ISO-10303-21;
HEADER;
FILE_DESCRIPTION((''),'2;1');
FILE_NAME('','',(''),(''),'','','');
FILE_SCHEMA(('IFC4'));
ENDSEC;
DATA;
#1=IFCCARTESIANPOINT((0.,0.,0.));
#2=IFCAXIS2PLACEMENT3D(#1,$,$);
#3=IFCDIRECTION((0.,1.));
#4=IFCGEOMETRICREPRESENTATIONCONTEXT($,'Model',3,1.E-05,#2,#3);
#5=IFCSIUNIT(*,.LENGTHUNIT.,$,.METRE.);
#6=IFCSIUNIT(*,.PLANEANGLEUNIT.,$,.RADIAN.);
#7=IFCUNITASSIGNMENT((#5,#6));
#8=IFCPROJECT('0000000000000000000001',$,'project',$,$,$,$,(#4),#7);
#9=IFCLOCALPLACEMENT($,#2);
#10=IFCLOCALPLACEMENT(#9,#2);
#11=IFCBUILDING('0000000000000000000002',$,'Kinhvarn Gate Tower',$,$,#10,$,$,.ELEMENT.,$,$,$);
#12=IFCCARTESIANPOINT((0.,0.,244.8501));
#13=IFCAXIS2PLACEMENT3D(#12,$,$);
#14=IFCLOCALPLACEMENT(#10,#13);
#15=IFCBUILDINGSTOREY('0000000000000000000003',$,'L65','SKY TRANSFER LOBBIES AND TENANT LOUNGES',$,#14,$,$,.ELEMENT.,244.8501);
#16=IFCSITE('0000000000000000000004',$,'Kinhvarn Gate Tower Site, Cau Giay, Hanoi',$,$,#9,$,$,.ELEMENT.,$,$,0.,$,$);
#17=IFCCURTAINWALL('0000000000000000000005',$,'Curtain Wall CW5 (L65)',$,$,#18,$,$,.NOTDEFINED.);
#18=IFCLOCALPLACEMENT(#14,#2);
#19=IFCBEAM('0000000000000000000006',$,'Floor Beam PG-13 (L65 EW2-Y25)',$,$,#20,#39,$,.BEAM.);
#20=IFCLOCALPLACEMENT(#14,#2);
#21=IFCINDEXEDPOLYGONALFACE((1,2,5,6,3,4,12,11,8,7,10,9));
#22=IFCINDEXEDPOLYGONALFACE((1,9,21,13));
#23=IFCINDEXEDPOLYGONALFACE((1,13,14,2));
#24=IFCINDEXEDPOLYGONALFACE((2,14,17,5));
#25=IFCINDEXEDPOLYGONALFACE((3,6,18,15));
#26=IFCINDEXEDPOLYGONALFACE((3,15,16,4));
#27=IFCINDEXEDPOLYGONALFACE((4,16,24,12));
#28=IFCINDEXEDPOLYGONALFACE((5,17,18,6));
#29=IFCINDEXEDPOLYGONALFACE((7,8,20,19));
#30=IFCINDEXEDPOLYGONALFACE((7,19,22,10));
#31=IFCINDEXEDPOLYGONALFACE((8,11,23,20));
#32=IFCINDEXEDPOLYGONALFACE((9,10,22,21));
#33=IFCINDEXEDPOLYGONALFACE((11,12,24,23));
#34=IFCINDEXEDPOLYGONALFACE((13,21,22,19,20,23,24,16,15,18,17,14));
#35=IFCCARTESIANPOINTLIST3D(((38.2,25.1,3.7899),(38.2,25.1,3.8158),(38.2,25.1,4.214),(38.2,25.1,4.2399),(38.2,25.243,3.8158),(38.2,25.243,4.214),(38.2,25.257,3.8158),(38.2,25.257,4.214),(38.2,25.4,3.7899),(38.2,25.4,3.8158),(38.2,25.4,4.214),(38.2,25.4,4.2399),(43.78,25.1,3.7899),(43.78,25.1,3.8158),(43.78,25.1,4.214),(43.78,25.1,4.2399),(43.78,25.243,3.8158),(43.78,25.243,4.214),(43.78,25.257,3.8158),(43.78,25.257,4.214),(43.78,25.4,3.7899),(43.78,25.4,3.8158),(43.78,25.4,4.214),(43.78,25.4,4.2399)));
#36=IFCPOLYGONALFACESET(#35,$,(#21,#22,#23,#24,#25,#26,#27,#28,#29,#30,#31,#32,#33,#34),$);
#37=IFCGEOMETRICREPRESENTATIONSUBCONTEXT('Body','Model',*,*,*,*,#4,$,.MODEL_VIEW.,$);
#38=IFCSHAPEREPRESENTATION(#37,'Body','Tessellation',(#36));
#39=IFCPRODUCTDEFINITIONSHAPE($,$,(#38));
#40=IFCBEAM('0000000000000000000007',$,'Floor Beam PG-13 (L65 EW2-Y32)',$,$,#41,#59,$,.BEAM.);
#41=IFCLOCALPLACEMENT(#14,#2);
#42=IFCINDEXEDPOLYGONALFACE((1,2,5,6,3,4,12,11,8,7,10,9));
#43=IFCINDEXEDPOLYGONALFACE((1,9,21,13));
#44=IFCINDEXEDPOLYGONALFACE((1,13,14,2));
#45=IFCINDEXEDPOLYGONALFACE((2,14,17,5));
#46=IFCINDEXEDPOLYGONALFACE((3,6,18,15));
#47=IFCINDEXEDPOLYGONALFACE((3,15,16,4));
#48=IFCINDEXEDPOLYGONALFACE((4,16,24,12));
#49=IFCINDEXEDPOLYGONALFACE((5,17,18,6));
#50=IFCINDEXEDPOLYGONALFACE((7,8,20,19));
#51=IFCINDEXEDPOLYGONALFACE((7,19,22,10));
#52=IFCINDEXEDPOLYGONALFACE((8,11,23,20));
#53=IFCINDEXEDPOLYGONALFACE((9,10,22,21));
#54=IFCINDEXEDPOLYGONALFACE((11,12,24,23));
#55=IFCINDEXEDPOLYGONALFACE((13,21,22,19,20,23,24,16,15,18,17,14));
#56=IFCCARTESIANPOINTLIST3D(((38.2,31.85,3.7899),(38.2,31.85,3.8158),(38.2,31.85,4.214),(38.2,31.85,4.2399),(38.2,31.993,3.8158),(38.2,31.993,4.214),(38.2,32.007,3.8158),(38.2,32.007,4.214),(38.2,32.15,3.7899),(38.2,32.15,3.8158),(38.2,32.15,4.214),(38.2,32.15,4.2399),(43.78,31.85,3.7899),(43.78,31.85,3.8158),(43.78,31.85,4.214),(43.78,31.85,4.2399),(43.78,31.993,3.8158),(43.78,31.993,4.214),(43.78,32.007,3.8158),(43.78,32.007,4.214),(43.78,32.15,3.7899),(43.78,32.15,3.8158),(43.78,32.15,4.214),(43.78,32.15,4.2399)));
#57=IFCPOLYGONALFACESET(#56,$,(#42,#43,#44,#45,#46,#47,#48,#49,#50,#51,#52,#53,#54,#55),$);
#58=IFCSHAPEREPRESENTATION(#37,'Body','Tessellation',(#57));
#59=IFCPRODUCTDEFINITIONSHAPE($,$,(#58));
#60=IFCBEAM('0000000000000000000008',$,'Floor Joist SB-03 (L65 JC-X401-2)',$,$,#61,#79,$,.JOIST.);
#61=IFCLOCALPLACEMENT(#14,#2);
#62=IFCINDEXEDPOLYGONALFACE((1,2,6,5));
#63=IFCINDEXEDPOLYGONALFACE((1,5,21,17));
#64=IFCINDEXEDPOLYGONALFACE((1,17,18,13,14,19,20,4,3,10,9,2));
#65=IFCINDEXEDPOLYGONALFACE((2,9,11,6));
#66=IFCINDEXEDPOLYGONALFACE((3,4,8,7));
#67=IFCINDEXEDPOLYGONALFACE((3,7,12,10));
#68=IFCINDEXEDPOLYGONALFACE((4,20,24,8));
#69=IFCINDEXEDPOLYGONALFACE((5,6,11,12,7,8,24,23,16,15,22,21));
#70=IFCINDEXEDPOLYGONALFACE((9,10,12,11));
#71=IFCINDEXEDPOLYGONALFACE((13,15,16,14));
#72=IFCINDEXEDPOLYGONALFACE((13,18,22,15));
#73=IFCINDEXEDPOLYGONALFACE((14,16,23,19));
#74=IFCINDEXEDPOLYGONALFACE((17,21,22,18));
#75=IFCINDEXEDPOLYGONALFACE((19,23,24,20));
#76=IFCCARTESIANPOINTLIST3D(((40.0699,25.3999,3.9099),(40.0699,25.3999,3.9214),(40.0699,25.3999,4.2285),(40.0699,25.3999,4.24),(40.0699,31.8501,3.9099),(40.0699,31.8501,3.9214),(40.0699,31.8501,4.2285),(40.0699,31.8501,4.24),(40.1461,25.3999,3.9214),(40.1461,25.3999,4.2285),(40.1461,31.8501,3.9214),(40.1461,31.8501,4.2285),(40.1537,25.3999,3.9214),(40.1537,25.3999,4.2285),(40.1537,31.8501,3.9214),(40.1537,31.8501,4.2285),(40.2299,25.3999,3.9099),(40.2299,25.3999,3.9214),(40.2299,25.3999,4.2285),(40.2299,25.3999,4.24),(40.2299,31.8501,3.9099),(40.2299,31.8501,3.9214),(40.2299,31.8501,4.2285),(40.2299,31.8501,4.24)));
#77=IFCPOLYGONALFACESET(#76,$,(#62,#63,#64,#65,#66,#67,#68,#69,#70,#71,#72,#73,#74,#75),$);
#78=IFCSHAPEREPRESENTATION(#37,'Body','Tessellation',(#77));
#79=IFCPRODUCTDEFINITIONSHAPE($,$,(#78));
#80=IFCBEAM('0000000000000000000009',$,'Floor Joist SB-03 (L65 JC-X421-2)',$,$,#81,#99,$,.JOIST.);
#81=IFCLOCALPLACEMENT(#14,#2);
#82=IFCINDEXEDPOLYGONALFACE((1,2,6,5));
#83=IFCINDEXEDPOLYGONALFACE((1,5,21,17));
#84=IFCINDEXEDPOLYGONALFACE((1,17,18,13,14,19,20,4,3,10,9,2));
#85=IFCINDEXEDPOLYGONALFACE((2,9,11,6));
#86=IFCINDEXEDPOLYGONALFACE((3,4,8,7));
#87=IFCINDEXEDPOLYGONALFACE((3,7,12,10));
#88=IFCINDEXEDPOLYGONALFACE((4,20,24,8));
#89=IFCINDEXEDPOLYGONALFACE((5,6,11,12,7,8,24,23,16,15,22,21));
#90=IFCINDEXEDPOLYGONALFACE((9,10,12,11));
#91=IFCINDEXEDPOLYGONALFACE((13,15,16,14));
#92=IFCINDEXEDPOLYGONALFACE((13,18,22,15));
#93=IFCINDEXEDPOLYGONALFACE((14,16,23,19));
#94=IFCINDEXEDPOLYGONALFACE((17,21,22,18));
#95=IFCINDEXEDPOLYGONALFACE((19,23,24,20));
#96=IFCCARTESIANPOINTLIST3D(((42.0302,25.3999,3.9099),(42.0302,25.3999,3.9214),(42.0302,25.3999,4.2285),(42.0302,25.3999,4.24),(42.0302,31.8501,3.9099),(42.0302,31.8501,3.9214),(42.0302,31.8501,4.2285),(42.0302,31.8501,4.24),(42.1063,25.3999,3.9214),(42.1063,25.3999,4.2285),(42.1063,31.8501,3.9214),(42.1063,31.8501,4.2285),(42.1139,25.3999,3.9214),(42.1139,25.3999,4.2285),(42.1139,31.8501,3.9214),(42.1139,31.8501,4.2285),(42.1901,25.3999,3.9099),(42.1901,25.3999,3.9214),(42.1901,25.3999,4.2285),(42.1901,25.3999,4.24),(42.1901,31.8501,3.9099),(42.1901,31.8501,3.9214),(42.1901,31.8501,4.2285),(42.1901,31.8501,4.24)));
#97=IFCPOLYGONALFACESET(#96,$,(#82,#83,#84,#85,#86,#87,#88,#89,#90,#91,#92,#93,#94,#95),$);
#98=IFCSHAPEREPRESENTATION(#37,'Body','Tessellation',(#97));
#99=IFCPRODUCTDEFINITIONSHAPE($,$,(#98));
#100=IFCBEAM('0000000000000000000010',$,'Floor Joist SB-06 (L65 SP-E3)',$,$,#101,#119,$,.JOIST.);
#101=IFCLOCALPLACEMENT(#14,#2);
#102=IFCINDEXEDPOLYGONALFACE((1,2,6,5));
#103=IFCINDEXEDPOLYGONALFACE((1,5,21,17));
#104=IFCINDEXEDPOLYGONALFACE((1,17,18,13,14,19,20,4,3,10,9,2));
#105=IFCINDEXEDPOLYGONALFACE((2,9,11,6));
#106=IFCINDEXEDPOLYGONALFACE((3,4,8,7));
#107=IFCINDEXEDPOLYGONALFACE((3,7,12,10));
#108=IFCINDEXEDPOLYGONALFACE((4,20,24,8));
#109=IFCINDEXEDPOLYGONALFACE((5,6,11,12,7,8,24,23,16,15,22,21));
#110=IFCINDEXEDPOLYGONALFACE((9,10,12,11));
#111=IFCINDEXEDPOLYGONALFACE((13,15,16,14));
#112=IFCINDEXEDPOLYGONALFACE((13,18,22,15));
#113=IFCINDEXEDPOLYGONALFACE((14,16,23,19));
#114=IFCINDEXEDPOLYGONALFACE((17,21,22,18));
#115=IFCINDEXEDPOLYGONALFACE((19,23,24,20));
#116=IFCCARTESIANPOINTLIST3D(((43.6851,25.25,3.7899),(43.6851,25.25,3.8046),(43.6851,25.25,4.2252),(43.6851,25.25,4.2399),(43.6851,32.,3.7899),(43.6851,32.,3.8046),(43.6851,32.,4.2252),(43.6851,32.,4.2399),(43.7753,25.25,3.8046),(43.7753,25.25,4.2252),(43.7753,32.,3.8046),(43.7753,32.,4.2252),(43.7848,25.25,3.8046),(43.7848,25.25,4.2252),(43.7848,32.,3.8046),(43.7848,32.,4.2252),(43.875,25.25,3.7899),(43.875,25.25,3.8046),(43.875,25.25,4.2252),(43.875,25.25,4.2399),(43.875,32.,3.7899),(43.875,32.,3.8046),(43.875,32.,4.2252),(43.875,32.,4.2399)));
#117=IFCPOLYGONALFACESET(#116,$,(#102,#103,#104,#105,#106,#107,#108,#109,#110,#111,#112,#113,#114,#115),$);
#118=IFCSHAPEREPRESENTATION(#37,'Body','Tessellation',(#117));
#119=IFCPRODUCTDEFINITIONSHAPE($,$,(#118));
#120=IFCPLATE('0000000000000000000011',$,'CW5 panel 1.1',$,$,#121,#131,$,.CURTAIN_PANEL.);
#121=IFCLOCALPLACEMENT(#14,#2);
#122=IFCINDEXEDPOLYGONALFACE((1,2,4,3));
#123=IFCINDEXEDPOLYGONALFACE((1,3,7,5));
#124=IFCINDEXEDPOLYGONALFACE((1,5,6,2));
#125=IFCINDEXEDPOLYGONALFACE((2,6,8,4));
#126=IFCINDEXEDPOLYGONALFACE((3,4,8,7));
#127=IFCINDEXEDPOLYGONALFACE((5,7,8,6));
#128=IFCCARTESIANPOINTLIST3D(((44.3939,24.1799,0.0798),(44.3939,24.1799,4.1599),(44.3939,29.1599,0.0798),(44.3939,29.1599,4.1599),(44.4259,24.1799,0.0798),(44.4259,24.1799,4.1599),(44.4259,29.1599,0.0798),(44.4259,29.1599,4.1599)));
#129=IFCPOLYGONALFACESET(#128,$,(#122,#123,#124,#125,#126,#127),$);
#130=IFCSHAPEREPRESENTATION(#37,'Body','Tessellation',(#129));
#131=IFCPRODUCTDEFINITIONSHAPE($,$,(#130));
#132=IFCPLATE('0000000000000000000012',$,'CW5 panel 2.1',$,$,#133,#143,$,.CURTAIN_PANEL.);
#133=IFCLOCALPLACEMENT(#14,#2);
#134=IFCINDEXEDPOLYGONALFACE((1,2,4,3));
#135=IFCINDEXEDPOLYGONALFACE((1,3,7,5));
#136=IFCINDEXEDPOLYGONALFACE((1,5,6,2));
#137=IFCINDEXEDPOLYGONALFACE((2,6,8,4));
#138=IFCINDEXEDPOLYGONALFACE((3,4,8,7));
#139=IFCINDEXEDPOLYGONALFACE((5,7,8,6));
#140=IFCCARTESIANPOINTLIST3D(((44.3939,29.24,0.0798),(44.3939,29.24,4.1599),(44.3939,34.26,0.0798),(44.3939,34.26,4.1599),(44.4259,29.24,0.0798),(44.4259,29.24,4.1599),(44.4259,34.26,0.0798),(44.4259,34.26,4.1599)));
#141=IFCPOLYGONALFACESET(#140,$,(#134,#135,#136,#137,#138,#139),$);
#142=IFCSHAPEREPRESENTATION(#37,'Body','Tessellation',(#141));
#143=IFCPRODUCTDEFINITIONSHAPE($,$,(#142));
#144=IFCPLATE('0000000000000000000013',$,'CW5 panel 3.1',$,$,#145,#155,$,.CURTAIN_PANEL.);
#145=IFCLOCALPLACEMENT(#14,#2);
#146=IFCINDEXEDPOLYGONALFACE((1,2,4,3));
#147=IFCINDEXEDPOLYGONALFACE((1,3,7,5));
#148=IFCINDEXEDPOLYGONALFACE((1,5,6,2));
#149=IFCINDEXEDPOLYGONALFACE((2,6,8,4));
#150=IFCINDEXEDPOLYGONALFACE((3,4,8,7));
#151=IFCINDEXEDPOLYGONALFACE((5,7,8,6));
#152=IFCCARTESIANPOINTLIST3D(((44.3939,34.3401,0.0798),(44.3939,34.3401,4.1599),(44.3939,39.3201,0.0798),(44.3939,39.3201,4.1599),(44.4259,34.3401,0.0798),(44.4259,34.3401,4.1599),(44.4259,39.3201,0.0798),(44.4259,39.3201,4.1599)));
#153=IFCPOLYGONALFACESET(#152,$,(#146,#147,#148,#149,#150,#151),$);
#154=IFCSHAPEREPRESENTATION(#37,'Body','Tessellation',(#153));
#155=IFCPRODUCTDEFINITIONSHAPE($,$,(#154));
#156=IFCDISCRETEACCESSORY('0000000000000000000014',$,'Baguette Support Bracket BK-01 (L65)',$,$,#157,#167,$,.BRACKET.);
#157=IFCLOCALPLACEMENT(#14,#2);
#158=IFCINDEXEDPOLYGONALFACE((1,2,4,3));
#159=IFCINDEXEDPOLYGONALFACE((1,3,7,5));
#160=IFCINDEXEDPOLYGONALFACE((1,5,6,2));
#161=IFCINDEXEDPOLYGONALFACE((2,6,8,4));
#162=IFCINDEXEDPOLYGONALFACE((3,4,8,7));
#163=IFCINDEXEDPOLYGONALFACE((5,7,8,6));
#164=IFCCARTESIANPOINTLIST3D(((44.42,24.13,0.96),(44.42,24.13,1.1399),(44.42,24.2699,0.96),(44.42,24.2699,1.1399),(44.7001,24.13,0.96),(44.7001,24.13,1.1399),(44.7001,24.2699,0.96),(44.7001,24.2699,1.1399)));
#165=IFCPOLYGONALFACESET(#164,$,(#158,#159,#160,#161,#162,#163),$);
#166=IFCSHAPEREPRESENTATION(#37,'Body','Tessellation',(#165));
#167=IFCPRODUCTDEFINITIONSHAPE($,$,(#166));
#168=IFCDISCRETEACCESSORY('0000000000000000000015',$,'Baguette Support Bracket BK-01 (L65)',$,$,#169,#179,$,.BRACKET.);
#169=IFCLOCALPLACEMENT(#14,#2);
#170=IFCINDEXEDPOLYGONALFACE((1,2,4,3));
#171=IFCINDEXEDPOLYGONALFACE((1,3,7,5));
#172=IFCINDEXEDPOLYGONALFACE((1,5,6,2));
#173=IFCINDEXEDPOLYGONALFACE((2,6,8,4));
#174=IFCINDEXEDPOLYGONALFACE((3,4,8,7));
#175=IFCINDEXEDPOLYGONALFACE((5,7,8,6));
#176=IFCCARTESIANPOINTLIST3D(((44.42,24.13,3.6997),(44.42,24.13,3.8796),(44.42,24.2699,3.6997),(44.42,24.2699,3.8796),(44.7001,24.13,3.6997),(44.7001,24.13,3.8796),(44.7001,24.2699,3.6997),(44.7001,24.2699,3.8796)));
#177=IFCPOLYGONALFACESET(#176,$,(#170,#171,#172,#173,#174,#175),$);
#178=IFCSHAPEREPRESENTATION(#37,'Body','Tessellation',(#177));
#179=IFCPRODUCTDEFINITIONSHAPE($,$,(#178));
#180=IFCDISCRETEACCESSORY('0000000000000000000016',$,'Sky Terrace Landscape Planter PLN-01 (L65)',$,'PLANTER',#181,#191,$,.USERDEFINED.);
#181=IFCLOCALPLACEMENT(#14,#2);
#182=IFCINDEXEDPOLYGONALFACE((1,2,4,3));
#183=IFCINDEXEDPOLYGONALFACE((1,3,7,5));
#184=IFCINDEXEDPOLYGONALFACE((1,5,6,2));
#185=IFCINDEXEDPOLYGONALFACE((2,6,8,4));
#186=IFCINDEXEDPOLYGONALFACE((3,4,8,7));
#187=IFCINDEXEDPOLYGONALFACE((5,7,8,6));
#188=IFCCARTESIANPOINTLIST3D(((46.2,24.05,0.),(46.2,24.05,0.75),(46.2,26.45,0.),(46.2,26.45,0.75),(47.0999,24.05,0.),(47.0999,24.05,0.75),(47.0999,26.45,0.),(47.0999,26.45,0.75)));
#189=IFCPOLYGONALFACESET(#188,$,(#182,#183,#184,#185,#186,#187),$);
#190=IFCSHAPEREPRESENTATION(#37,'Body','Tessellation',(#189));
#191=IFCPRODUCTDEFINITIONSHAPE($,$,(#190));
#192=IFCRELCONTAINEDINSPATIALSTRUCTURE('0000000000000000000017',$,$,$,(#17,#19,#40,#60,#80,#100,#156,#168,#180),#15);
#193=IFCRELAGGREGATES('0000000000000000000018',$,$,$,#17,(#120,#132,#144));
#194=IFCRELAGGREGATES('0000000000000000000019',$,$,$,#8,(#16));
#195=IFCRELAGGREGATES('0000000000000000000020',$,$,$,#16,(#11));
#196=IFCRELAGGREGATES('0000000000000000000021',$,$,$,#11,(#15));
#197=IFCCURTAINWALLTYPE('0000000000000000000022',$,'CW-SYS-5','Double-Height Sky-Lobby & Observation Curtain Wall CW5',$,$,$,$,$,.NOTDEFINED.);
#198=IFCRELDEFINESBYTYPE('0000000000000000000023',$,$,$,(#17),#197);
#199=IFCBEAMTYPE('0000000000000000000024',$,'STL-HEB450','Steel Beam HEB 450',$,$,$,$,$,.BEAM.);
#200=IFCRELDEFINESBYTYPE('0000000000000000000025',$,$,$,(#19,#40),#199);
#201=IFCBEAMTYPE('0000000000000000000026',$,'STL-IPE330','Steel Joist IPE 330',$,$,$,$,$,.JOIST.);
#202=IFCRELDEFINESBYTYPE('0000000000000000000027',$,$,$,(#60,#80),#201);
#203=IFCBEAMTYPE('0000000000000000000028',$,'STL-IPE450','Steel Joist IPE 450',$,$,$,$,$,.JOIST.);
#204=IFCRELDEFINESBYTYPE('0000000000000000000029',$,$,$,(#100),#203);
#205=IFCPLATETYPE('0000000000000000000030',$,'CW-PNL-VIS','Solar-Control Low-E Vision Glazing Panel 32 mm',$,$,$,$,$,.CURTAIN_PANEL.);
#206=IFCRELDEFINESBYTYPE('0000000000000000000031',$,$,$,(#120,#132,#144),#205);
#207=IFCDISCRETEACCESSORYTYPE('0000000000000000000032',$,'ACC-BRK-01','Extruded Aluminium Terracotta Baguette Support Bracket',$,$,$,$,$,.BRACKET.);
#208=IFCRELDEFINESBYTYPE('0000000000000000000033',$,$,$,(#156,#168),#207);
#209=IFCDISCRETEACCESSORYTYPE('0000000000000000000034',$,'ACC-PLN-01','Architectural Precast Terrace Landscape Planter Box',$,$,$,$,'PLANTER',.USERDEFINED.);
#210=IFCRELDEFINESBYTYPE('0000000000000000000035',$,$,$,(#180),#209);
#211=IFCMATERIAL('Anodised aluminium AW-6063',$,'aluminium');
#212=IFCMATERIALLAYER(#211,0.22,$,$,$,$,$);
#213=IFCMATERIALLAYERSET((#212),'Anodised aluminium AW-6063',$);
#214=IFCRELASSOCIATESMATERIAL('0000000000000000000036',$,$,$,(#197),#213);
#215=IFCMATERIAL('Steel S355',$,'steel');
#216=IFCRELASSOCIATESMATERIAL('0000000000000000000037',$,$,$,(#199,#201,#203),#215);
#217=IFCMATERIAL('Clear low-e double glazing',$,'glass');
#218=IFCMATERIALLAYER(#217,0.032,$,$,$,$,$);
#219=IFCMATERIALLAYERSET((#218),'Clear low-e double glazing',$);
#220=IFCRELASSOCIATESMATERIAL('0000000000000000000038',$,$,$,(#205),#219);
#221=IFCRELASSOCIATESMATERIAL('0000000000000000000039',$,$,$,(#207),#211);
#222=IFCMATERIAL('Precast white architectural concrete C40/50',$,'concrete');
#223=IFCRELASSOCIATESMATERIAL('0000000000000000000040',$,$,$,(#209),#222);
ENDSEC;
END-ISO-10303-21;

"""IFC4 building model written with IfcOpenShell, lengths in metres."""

from ifc_helpers import new_model, si_unit, direction, frame, origin, origin_2d, place, context, subcontext, project, spatial, rectangle, i_section, extrude, material, layer, layer_set, material_profile, profile_set, type_object, element, aggregate, save


model = new_model("IFC4")

# Units and contexts
model_context = context("Model", 3, precision=1e-05, world=origin(), true_north=direction((0.0, 1.0)))
body_context = subcontext(model_context, "Body", "Model", "MODEL_VIEW")
ifc_project = project(units=[si_unit("LENGTHUNIT", "METRE"), si_unit("PLANEANGLEUNIT", "RADIAN")], contexts=[model_context])

# Site, building, storey
site_placement = place(None, origin())
site = spatial("IfcSite", under=ifc_project, at=site_placement, Name="Kinhvarn Gate Tower Site, Cau Giay, Hanoi", CompositionType="ELEMENT", RefElevation=0.0)
building_placement = place(site_placement, origin())
building = spatial("IfcBuilding", under=site, at=building_placement, Name="Kinhvarn Gate Tower", CompositionType="ELEMENT")
storey_placement = place(building_placement, frame((0.0, 0.0, 244.8501)))
storey = spatial("IfcBuildingStorey", under=building, at=storey_placement, Name="L65", Description="SKY TRANSFER LOBBIES AND TENANT LOUNGES", CompositionType="ELEMENT", Elevation=244.8501)

# Curtain wall
ifc_material_1 = material(Name="Anodised aluminium AW-6063", Category="aluminium")
ifc_layer_1 = layer(ifc_material_1, 0.22)
ifc_layer_set_1 = layer_set([ifc_layer_1], Name="Anodised aluminium AW-6063")
curtain_wall_type = type_object("IfcCurtainWallType", Name="CW-SYS-5", Description="Double-Height Sky-Lobby & Observation Curtain Wall CW5", PredefinedType="NOTDEFINED", material=ifc_layer_set_1)
curtain_wall_placement = place(storey_placement, origin())
curtain_wall = element("IfcCurtainWall", 1, at=curtain_wall_placement, inside=storey, type_object=curtain_wall_type, Name="Curtain Wall CW5 (L65)", PredefinedType="NOTDEFINED")

# Beams
ifc_material_2 = material(Name="Steel S355", Category="steel")
ifc_material_profile_1 = material_profile(ifc_material_2, i_section(OverallWidth=0.3, OverallDepth=0.45, WebThickness=0.0139, FlangeThickness=0.0259, at=origin_2d()), Name="HEB 450")
ifc_profile_set_1 = profile_set([ifc_material_profile_1], Name="Steel S355")
beam_type_1 = type_object("IfcBeamType", Name="STL-HEB450", Description="Steel Beam HEB 450", PredefinedType="BEAM", material=ifc_profile_set_1)
for number, where, z_axis, x_axis, name in (
    (2, (38.2, 25.25, 4.0149), (1.0, 0.0, 0.0), (0.0, 1.0, 0.0), "Floor Beam PG-13 (L65 EW2-Y25)"),
    (3, (38.2, 32.0, 4.0149), (1.0, 0.0, 0.0), (0.0, 1.0, 0.0), "Floor Beam PG-13 (L65 EW2-Y32)"),
):
    element("IfcBeam", number, at=place(storey_placement, frame(where, z_axis=z_axis, x_axis=x_axis)), inside=storey, type_object=beam_type_1, Name=name, PredefinedType="BEAM", context=body_context, shape_type="SweptSolid", body=[
        extrude(i_section(OverallWidth=0.3, OverallDepth=0.45, WebThickness=0.0139, FlangeThickness=0.0259, at=origin_2d()), origin(), (0.0, 0.0, 1.0), 5.5801),
    ])
ifc_material_profile_2 = material_profile(ifc_material_2, i_section(OverallWidth=0.1599, OverallDepth=0.3301, WebThickness=0.0076, FlangeThickness=0.0115, at=origin_2d()), Name="IPE 330")
ifc_profile_set_2 = profile_set([ifc_material_profile_2], Name="Steel S355")
beam_type_2 = type_object("IfcBeamType", Name="STL-IPE330", Description="Steel Joist IPE 330", PredefinedType="JOIST", material=ifc_profile_set_2)
for number, where, z_axis, x_axis, name in (
    (4, (40.1499, 25.3999, 4.075), (0.0, 1.0, 0.0), (-1.0, 0.0, 0.0), "Floor Joist SB-03 (L65 JC-X401-2)"),
    (5, (42.1101, 25.3999, 4.075), (0.0, 1.0, 0.0), (-1.0, 0.0, 0.0), "Floor Joist SB-03 (L65 JC-X421-2)"),
):
    element("IfcBeam", number, at=place(storey_placement, frame(where, z_axis=z_axis, x_axis=x_axis)), inside=storey, type_object=beam_type_2, Name=name, PredefinedType="JOIST", context=body_context, shape_type="SweptSolid", body=[
        extrude(i_section(OverallWidth=0.1599, OverallDepth=0.3301, WebThickness=0.0076, FlangeThickness=0.0115, at=origin_2d()), origin(), (0.0, 0.0, 1.0), 6.4502),
    ])
ifc_material_profile_3 = material_profile(ifc_material_2, i_section(OverallWidth=0.1899, OverallDepth=0.45, WebThickness=0.0095, FlangeThickness=0.0146, at=origin_2d()), Name="IPE 450")
ifc_profile_set_3 = profile_set([ifc_material_profile_3], Name="Steel S355")
beam_type_3 = type_object("IfcBeamType", Name="STL-IPE450", Description="Steel Joist IPE 450", PredefinedType="JOIST", material=ifc_profile_set_3)
beam_1_placement = place(storey_placement, frame((43.78, 25.25, 4.0149), z_axis=(0.0, 1.0, 0.0), x_axis=(-1.0, 0.0, 0.0)))
element("IfcBeam", 6, at=beam_1_placement, inside=storey, type_object=beam_type_3, Name="Floor Joist SB-06 (L65 SP-E3)", PredefinedType="JOIST", context=body_context, shape_type="SweptSolid", body=[
    extrude(i_section(OverallWidth=0.1899, OverallDepth=0.45, WebThickness=0.0095, FlangeThickness=0.0146, at=origin_2d()), origin(), (0.0, 0.0, 1.0), 6.75),
])

# Plates
ifc_material_3 = material(Name="Clear low-e double glazing", Category="glass")
ifc_layer_2 = layer(ifc_material_3, 0.032)
ifc_layer_set_2 = layer_set([ifc_layer_2], Name="Clear low-e double glazing")
plate_type = type_object("IfcPlateType", Name="CW-PNL-VIS", Description="Solar-Control Low-E Vision Glazing Panel 32 mm", PredefinedType="CURTAIN_PANEL", material=ifc_layer_set_2)
plate_1_placement = place(storey_placement, frame((44.4099, 26.6699, 0.0798), z_axis=(0.0, 0.0, 1.0), x_axis=(0.0, 1.0, 0.0)))
plate_1 = element("IfcPlate", 7, at=plate_1_placement, type_object=plate_type, Name="CW5 panel 1.1", PredefinedType="CURTAIN_PANEL", context=body_context, shape_type="SweptSolid", body=[
    extrude(rectangle(XDim=4.98, YDim=0.032, at=origin_2d()), origin(), (0.0, 0.0, 1.0), 4.0801),
])
plate_2_placement = place(storey_placement, frame((44.4099, 31.75, 0.0798), z_axis=(0.0, 0.0, 1.0), x_axis=(0.0, 1.0, 0.0)))
plate_2 = element("IfcPlate", 8, at=plate_2_placement, type_object=plate_type, Name="CW5 panel 2.1", PredefinedType="CURTAIN_PANEL", context=body_context, shape_type="SweptSolid", body=[
    extrude(rectangle(XDim=5.02, YDim=0.032, at=origin_2d()), origin(), (0.0, 0.0, 1.0), 4.0801),
])
plate_3_placement = place(storey_placement, frame((44.4099, 36.8301, 0.0798), z_axis=(0.0, 0.0, 1.0), x_axis=(0.0, 1.0, 0.0)))
plate_3 = element("IfcPlate", 9, at=plate_3_placement, type_object=plate_type, Name="CW5 panel 3.1", PredefinedType="CURTAIN_PANEL", context=body_context, shape_type="SweptSolid", body=[
    extrude(rectangle(XDim=4.98, YDim=0.032, at=origin_2d()), origin(), (0.0, 0.0, 1.0), 4.0801),
])
aggregate(curtain_wall, [plate_1, plate_2, plate_3])

# Discrete accessories
discrete_accessory_type_1 = type_object("IfcDiscreteAccessoryType", Name="ACC-BRK-01", Description="Extruded Aluminium Terracotta Baguette Support Bracket", PredefinedType="BRACKET", material=ifc_material_1)
for number, where, z_axis, x_axis, name in (
    (10, (44.5601, 24.2, 0.96), (0.0, 0.0, 1.0), (0.0, 1.0, 0.0), "Baguette Support Bracket BK-01 (L65)"),
    (11, (44.5601, 24.2, 3.6997), (0.0, 0.0, 1.0), (0.0, 1.0, 0.0), "Baguette Support Bracket BK-01 (L65)"),
):
    element("IfcDiscreteAccessory", number, at=place(storey_placement, frame(where, z_axis=z_axis, x_axis=x_axis)), inside=storey, type_object=discrete_accessory_type_1, Name=name, PredefinedType="BRACKET", context=body_context, shape_type="SweptSolid", body=[
        extrude(rectangle(XDim=0.1399, YDim=0.28, at=origin_2d()), origin(), (0.0, 0.0, 1.0), 0.1799),
    ])
ifc_material_4 = material(Name="Precast white architectural concrete C40/50", Category="concrete")
discrete_accessory_type_2 = type_object("IfcDiscreteAccessoryType", Name="ACC-PLN-01", Description="Architectural Precast Terrace Landscape Planter Box", ElementType="PLANTER", PredefinedType="USERDEFINED", material=ifc_material_4)
discrete_accessory_placement = place(storey_placement, frame((46.6499, 25.25, 0.0), z_axis=(0.0, 0.0, 1.0), x_axis=(1.0, 0.0, 0.0)))
element("IfcDiscreteAccessory", 12, at=discrete_accessory_placement, inside=storey, type_object=discrete_accessory_type_2, Name="Sky Terrace Landscape Planter PLN-01 (L65)", ObjectType="PLANTER", PredefinedType="USERDEFINED", context=body_context, shape_type="SweptSolid", body=[
    extrude(rectangle(XDim=0.8999, YDim=2.3999, at=origin_2d()), origin(), (0.0, 0.0, 1.0), 0.75),
])

save(model, "model.ifc")
